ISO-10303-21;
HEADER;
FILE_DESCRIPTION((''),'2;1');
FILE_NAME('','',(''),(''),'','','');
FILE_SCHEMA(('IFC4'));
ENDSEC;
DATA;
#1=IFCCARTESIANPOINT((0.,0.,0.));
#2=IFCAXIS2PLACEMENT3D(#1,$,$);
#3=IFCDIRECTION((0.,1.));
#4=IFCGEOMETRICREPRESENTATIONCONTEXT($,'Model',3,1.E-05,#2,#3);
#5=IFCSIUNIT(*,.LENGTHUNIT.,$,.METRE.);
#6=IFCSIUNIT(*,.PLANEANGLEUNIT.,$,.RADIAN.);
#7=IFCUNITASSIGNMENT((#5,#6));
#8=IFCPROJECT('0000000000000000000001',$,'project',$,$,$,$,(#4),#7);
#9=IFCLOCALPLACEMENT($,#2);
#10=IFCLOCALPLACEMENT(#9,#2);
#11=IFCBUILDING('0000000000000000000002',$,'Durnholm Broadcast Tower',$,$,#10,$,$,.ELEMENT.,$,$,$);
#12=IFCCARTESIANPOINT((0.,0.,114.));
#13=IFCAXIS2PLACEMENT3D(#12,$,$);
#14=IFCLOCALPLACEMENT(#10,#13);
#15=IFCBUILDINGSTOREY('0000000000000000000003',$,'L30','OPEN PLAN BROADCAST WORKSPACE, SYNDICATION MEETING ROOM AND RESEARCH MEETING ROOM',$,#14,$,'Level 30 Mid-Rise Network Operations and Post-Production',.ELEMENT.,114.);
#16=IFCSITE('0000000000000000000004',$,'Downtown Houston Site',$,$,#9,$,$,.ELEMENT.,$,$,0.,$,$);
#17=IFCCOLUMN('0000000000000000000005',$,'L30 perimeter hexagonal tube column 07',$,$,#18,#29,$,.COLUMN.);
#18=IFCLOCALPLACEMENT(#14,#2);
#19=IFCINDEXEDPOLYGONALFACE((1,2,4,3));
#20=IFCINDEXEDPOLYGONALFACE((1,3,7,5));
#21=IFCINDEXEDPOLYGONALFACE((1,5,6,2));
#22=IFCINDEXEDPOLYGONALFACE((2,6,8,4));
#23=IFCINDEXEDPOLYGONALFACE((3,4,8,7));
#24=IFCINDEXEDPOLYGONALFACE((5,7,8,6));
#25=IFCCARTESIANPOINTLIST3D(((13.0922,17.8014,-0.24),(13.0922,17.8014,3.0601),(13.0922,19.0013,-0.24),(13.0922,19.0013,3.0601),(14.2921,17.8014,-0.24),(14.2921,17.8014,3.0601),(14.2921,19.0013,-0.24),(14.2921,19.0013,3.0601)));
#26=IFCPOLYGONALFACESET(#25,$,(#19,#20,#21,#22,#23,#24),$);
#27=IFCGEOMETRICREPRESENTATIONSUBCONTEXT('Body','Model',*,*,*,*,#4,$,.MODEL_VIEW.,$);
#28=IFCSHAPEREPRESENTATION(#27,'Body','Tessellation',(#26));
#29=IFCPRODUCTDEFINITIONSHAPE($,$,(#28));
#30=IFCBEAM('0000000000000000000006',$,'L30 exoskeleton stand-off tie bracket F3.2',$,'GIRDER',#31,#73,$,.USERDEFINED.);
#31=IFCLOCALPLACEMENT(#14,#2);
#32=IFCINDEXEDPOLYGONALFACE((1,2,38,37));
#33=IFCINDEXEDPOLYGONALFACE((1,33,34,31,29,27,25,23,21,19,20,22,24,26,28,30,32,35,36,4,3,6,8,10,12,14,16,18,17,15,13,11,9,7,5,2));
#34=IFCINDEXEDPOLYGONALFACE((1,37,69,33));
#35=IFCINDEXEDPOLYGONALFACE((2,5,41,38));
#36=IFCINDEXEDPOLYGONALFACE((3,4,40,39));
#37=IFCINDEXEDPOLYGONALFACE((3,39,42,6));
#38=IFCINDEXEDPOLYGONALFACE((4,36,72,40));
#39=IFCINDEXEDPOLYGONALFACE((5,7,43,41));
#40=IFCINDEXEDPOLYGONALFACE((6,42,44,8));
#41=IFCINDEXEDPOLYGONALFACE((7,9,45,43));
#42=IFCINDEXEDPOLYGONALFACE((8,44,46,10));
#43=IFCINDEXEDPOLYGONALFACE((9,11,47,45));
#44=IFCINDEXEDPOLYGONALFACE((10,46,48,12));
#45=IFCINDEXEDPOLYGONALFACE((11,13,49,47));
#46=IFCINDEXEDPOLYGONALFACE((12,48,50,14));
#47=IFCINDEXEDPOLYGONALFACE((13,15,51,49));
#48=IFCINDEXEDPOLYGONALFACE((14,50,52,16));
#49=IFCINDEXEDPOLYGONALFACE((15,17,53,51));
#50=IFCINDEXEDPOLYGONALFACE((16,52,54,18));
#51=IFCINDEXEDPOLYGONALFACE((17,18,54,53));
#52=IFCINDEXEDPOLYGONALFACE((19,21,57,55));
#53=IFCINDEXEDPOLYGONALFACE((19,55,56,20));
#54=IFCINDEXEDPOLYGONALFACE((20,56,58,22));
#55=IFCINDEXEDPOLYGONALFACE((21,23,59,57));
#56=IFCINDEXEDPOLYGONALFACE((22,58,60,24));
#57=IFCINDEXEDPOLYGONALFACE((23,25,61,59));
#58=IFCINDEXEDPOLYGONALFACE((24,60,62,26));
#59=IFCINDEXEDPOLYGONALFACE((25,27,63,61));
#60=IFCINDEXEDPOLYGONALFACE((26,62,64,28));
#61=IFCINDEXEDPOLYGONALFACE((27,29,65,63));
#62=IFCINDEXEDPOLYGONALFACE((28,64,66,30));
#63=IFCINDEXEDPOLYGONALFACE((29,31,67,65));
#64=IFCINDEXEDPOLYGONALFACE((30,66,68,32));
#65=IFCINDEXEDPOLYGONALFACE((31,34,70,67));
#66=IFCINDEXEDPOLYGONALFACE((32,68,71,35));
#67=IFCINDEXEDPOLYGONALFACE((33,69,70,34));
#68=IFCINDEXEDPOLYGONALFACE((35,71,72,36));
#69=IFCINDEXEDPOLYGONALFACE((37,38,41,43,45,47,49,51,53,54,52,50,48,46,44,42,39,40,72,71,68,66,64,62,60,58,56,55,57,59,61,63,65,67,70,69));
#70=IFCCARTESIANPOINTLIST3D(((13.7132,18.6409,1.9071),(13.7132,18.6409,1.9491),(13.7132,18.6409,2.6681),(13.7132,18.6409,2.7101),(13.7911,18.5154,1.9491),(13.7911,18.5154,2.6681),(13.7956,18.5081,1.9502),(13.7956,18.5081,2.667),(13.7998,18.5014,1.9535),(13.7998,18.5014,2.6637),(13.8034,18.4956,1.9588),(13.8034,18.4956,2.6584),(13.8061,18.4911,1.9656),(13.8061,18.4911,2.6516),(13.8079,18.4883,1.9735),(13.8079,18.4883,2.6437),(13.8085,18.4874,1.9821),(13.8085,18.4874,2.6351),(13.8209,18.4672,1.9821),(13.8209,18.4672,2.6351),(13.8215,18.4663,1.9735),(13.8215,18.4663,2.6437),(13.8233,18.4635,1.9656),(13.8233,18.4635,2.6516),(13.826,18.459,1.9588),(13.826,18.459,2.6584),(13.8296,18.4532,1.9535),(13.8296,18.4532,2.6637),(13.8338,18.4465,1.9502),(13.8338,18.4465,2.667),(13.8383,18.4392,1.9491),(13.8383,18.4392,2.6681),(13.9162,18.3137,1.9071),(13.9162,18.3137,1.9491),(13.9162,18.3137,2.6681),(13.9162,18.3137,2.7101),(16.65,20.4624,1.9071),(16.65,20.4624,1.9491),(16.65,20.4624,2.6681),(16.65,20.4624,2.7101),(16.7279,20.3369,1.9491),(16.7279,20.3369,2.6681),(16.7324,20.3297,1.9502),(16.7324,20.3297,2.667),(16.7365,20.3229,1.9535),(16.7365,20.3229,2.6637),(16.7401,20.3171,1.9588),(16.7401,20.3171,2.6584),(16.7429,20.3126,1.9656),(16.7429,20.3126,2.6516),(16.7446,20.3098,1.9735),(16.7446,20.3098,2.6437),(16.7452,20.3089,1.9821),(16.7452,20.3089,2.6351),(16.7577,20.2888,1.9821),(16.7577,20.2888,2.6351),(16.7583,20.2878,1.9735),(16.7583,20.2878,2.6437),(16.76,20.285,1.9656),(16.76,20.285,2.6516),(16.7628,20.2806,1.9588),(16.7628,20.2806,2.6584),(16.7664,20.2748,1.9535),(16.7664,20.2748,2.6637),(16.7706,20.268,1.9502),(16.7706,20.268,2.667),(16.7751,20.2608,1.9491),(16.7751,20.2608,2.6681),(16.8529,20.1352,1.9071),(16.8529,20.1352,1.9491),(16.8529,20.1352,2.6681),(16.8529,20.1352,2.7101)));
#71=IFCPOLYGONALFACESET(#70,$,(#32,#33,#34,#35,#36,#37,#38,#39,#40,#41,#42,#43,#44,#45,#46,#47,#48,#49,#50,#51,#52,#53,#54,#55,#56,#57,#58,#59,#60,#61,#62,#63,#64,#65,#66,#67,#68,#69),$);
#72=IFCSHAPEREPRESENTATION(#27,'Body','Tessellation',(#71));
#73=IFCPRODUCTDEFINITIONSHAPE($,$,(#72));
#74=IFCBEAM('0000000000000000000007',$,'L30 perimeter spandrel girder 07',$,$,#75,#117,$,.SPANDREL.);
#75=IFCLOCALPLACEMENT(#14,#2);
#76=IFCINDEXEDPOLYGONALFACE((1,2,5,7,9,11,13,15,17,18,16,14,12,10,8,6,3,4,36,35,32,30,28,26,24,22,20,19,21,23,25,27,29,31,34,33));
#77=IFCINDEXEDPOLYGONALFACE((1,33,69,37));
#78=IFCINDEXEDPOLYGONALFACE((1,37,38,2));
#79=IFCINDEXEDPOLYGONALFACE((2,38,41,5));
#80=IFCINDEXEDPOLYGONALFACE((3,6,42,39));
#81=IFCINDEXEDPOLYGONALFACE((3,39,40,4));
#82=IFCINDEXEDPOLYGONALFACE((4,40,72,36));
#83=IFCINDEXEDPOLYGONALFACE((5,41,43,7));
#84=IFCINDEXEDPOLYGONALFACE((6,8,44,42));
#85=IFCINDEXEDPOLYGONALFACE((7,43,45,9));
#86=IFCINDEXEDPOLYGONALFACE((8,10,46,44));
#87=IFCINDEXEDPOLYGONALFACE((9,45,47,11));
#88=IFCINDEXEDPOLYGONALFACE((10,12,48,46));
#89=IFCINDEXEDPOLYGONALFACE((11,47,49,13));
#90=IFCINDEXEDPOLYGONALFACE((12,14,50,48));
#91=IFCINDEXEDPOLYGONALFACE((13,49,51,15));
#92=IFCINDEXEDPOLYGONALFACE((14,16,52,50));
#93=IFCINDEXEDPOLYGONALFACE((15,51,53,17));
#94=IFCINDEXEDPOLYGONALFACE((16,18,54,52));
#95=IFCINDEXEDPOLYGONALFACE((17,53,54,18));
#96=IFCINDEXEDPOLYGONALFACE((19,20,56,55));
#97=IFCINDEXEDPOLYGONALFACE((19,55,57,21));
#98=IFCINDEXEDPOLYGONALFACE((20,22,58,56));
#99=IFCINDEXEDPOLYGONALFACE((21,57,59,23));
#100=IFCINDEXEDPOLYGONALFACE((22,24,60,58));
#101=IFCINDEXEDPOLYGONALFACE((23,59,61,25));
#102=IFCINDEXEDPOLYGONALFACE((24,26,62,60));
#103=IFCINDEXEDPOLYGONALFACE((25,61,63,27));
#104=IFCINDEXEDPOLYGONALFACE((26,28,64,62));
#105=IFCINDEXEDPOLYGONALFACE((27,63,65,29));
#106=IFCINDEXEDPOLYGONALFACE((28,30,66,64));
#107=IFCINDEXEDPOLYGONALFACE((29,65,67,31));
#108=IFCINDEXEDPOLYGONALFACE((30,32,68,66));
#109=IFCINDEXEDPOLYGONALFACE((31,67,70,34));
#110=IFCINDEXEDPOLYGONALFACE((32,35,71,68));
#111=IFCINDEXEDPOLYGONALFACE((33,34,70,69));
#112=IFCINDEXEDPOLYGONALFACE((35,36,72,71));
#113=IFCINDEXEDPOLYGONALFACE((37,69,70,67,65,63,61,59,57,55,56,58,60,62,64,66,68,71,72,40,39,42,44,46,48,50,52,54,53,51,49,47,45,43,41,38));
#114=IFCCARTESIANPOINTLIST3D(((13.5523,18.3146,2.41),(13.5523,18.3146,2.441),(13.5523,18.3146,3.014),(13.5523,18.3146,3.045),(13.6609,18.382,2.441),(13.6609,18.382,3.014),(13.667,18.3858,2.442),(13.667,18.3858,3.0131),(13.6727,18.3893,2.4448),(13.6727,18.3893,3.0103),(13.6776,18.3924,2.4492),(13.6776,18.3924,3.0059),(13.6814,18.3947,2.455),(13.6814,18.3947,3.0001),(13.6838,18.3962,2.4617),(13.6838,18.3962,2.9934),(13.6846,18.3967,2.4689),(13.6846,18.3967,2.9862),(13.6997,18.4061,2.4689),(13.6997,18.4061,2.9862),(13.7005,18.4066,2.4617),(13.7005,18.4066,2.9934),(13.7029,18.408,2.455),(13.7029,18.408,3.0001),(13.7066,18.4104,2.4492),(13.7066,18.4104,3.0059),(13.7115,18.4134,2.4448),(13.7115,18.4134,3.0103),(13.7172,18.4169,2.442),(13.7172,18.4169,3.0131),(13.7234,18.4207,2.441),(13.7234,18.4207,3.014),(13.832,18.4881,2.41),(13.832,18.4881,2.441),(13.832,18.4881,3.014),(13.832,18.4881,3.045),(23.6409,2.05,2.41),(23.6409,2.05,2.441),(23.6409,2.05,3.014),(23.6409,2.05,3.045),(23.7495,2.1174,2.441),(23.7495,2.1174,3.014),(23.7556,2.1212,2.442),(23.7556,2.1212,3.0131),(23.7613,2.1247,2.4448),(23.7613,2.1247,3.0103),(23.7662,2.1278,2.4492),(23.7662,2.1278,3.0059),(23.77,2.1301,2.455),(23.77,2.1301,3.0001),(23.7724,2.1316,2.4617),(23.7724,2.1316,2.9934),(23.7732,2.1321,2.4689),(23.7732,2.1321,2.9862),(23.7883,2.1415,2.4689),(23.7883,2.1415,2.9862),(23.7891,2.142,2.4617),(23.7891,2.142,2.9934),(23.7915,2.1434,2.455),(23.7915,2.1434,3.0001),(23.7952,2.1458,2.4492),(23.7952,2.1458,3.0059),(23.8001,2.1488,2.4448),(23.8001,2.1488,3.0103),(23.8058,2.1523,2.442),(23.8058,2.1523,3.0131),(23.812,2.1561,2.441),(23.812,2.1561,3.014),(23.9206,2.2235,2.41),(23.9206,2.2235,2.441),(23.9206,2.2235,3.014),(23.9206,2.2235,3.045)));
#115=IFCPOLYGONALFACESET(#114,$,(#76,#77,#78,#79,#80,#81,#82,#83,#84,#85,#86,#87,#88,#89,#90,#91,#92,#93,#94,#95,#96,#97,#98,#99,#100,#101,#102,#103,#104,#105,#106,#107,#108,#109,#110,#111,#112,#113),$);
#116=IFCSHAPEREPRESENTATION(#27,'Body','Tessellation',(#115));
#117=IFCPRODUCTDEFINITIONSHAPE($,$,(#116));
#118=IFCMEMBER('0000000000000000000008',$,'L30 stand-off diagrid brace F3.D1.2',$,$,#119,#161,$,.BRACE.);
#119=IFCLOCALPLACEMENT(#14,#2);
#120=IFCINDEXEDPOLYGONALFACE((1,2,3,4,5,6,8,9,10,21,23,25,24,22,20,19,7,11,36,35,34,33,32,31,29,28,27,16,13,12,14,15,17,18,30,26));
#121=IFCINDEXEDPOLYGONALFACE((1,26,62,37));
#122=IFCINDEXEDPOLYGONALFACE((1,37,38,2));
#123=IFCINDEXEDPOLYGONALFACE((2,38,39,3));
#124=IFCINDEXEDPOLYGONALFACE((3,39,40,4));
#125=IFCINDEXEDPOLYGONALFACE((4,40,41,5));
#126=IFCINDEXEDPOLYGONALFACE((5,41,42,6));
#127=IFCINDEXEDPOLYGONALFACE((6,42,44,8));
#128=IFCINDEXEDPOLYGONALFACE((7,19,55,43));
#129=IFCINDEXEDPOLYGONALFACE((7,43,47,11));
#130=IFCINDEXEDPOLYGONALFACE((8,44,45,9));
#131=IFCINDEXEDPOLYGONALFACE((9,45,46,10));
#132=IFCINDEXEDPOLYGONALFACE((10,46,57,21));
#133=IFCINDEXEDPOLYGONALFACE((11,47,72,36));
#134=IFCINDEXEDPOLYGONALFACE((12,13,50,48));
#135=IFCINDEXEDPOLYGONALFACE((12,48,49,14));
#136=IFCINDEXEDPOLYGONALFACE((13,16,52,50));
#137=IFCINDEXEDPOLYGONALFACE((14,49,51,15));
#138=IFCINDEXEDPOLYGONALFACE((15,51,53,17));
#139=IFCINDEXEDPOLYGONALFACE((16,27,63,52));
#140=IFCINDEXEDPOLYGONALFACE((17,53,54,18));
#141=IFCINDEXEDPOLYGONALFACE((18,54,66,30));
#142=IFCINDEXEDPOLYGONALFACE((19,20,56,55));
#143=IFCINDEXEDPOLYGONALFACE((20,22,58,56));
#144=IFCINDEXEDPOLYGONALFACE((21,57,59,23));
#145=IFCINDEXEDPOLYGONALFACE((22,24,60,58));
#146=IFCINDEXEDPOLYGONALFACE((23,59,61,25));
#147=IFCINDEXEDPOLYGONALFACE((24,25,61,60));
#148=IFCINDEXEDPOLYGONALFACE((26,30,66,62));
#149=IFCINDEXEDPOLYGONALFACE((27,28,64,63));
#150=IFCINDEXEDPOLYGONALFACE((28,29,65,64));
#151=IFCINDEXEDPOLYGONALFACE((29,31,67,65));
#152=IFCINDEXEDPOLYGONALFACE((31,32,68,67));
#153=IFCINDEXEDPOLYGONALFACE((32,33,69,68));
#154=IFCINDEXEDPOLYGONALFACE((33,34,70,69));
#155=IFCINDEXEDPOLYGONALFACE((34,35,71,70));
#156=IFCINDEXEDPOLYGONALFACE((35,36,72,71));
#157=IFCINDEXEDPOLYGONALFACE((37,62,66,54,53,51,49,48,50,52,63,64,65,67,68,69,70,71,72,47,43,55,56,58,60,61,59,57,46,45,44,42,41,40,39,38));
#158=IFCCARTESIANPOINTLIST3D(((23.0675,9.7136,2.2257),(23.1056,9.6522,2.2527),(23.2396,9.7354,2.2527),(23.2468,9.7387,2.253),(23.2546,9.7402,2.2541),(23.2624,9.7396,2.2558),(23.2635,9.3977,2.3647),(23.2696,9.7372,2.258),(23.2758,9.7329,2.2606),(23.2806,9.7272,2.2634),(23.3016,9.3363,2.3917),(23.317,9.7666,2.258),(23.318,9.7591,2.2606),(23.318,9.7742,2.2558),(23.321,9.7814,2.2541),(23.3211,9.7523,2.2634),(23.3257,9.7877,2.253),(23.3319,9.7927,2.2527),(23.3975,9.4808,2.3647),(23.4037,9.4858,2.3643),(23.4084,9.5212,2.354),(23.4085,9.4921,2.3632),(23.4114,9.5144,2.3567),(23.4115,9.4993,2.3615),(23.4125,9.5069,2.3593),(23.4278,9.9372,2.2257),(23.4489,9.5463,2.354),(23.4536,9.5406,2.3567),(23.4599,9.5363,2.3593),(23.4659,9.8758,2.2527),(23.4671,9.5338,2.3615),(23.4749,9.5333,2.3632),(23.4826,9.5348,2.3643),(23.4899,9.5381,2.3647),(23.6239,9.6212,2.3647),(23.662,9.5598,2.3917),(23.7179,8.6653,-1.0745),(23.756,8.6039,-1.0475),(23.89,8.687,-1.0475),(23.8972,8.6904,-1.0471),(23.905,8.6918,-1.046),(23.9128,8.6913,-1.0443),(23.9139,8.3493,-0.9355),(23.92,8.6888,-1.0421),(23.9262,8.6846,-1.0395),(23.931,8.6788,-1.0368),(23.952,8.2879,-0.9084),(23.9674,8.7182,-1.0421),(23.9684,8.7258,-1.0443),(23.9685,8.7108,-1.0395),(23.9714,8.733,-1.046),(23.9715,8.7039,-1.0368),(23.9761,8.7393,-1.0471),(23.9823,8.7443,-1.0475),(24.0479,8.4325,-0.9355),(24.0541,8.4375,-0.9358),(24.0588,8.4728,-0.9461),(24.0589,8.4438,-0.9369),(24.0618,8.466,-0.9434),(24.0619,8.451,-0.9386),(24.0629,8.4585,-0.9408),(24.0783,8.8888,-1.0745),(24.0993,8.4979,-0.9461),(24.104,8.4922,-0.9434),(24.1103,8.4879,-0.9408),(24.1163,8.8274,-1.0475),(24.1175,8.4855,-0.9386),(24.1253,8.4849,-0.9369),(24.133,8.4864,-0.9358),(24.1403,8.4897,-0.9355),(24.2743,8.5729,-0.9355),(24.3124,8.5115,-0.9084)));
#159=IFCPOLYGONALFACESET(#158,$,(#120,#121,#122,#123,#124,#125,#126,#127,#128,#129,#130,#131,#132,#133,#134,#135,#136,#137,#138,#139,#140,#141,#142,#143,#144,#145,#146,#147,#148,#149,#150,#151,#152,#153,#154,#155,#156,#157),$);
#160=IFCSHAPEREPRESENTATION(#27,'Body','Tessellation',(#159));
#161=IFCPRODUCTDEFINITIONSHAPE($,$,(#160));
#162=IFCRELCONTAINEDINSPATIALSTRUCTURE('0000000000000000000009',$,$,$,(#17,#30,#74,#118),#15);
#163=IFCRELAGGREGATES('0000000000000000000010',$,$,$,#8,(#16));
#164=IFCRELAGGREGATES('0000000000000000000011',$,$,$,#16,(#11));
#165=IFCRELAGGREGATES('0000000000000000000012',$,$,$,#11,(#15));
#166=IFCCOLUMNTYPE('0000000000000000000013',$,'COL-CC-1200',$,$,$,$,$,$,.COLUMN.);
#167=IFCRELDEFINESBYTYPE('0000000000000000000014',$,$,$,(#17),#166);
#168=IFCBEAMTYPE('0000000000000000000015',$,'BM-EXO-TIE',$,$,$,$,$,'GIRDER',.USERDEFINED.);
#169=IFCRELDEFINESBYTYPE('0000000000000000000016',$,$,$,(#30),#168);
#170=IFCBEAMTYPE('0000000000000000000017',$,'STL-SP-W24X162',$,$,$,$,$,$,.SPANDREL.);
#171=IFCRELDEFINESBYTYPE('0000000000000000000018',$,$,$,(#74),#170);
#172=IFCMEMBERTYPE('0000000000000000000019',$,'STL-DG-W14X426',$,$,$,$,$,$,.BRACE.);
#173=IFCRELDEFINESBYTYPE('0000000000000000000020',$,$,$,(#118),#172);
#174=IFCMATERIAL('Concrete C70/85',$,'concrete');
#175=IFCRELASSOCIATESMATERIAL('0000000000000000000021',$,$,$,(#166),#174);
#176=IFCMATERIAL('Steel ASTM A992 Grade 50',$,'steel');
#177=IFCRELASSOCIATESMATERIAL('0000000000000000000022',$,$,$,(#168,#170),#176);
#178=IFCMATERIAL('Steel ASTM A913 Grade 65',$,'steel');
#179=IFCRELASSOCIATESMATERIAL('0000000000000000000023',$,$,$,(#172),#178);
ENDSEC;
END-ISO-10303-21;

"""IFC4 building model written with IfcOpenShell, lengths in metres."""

from ifc_helpers import new_model, si_unit, direction, frame, origin, origin_2d, place, context, subcontext, project, spatial, rectangle, i_section, extrude, source, transform, mapped, material, material_profile, profile_set, type_object, type_shapes, element, save


model = new_model("IFC4")

# Units and contexts
model_context = context("Model", 3, precision=1e-05, world=origin(), true_north=direction((0.0, 1.0)))
body_context = subcontext(model_context, "Body", "Model", "MODEL_VIEW")
ifc_project = project(units=[si_unit("LENGTHUNIT", "METRE"), si_unit("PLANEANGLEUNIT", "RADIAN")], contexts=[model_context])

# Site, building, storey
site_placement = place(None, origin())
site = spatial("IfcSite", under=ifc_project, at=site_placement, Name="Downtown Houston Site", CompositionType="ELEMENT", RefElevation=0.0)
building_placement = place(site_placement, origin())
building = spatial("IfcBuilding", under=site, at=building_placement, Name="Durnholm Broadcast Tower", CompositionType="ELEMENT")
storey_placement = place(building_placement, frame((0.0, 0.0, 114.0)))
storey = spatial("IfcBuildingStorey", under=building, at=storey_placement, Name="L30", Description="OPEN PLAN BROADCAST WORKSPACE, SYNDICATION MEETING ROOM AND RESEARCH MEETING ROOM", LongName="Level 30 Mid-Rise Network Operations and Post-Production", CompositionType="ELEMENT", Elevation=114.0)

# Column
ifc_material_1 = material(Name="Concrete C70/85", Category="concrete")
ifc_material_profile_1 = material_profile(ifc_material_1, rectangle(XDim=1.2, YDim=1.2, at=origin_2d()), Name="RC1200X1200")
ifc_profile_set_1 = profile_set([ifc_material_profile_1], Name="Concrete C70/85")
column_type = type_object("IfcColumnType", Name="COL-CC-1200", PredefinedType="COLUMN", material=ifc_profile_set_1)
shared_shape_1 = source(origin(), body_context, "Body", "SweptSolid", [
    extrude(rectangle(XDim=1.2, YDim=1.2, at=origin_2d()), origin(), (0.0, 0.0, 1.0), 3.3),
])
type_shapes(column_type, [shared_shape_1])
column_placement = place(storey_placement, frame((13.6921, 18.4014, -0.24), z_axis=(0.0, 0.0, 1.0), x_axis=(1.0, 0.0, 0.0)))
element("IfcColumn", 1, at=column_placement, inside=storey, type_object=column_type, Name="L30 perimeter hexagonal tube column 07", PredefinedType="COLUMN", context=body_context, shape_type="MappedRepresentation", body=[
    mapped(shared_shape_1, transform((0.0, 0.0, 0.0), x_axis=(1.0, 0.0, 0.0), y_axis=(0.0, 1.0, 0.0), z_axis=(0.0, 0.0, 1.0), scale=1.0)),
])

# Beams
ifc_material_2 = material(Name="Steel ASTM A992 Grade 50", Category="steel")
ifc_material_profile_2 = material_profile(ifc_material_2, i_section(OverallWidth=0.385, OverallDepth=0.803, WebThickness=0.0237, FlangeThickness=0.042, FilletRadius=0.033, at=origin_2d()), Name="W30X261")
ifc_profile_set_2 = profile_set([ifc_material_profile_2], Name="Steel ASTM A992 Grade 50")
beam_type_1 = type_object("IfcBeamType", Name="BM-EXO-TIE", ElementType="GIRDER", PredefinedType="USERDEFINED", material=ifc_profile_set_2)
shared_shape_2 = source(origin(), body_context, "Body", "SweptSolid", [
    extrude(i_section(OverallWidth=0.385, OverallDepth=0.803, WebThickness=0.0237, FlangeThickness=0.042, FilletRadius=0.033, at=origin_2d()), origin(), (0.0, 0.0, 1.0), 3.4558),
])
type_shapes(beam_type_1, [shared_shape_2])
beam_1_placement = place(storey_placement, frame((13.8147, 18.4773, 2.3086), z_axis=(0.849807, 0.527094, 0.0), x_axis=(-0.527094, 0.849807, 0.0)))
element("IfcBeam", 2, at=beam_1_placement, inside=storey, type_object=beam_type_1, Name="L30 exoskeleton stand-off tie bracket F3.2", ObjectType="GIRDER", PredefinedType="USERDEFINED", context=body_context, shape_type="MappedRepresentation", body=[
    mapped(shared_shape_2, transform((0.0, 0.0, 0.0), x_axis=(1.0, 0.0, 0.0), y_axis=(0.0, 1.0, 0.0), z_axis=(0.0, 0.0, 1.0), scale=1.0)),
])
ifc_material_profile_3 = material_profile(ifc_material_2, i_section(OverallWidth=0.3291, OverallDepth=0.635, WebThickness=0.0178, FlangeThickness=0.031, FilletRadius=0.0278, at=origin_2d()), Name="W24X162")
ifc_profile_set_3 = profile_set([ifc_material_profile_3], Name="Steel ASTM A992 Grade 50")
beam_type_2 = type_object("IfcBeamType", Name="STL-SP-W24X162", PredefinedType="SPANDREL", material=ifc_profile_set_3)
shared_shape_3 = source(origin(), body_context, "Body", "SweptSolid", [
    extrude(i_section(OverallWidth=0.3291, OverallDepth=0.635, WebThickness=0.0178, FlangeThickness=0.031, FilletRadius=0.0278, at=origin_2d()), origin(), (0.0, 0.0, 1.0), 19.1394),
])
type_shapes(beam_type_2, [shared_shape_3])
beam_2_placement = place(storey_placement, frame((13.6921, 18.4014, 2.7275), z_axis=(0.527111, -0.849796, 0.0), x_axis=(0.849796, 0.527111, 0.0)))
element("IfcBeam", 3, at=beam_2_placement, inside=storey, type_object=beam_type_2, Name="L30 perimeter spandrel girder 07", PredefinedType="SPANDREL", context=body_context, shape_type="MappedRepresentation", body=[
    mapped(shared_shape_3, transform((0.0, 0.0, 0.0), x_axis=(1.0, 0.0, 0.0), y_axis=(0.0, 1.0, 0.0), z_axis=(0.0, 0.0, 1.0), scale=1.0)),
])

# Member
ifc_material_3 = material(Name="Steel ASTM A913 Grade 65", Category="steel")
ifc_material_profile_4 = material_profile(ifc_material_3, i_section(OverallWidth=0.4241, OverallDepth=0.4741, WebThickness=0.0476, FlangeThickness=0.0771, FilletRadius=0.0305, at=origin_2d()), Name="W14X426")
ifc_profile_set_4 = profile_set([ifc_material_profile_4], Name="Steel ASTM A913 Grade 65")
member_type_1 = type_object("IfcMemberType", Name="STL-DG-W14X426", PredefinedType="BRACE", material=ifc_profile_set_4)
shared_shape_4 = source(origin(), body_context, "Body", "SweptSolid", [
    extrude(i_section(OverallWidth=0.4241, OverallDepth=0.4741, WebThickness=0.0476, FlangeThickness=0.0771, FilletRadius=0.0305, at=origin_2d()), origin(), (0.0, 0.0, 1.0), 3.5232),
])
for number, where, z_axis, x_axis, name in (
    (4, (24.0151, 8.5884, -0.9915), (-0.184607, 0.29756, 0.936685), (-0.84975, -0.527186, 0.0), "L30 stand-off diagrid brace F3.D1.2"),
):
    element("IfcMember", number, at=place(storey_placement, frame(where, z_axis=z_axis, x_axis=x_axis)), inside=storey, type_object=member_type_1, Name=name, PredefinedType="BRACE", context=body_context, shape_type="MappedRepresentation", body=[
        mapped(shared_shape_4, transform((0.0, 0.0, 0.0), x_axis=(1.0, 0.0, 0.0), y_axis=(0.0, 1.0, 0.0), z_axis=(0.0, 0.0, 1.0), scale=1.0)),
    ])

save(model, "model.ifc")
